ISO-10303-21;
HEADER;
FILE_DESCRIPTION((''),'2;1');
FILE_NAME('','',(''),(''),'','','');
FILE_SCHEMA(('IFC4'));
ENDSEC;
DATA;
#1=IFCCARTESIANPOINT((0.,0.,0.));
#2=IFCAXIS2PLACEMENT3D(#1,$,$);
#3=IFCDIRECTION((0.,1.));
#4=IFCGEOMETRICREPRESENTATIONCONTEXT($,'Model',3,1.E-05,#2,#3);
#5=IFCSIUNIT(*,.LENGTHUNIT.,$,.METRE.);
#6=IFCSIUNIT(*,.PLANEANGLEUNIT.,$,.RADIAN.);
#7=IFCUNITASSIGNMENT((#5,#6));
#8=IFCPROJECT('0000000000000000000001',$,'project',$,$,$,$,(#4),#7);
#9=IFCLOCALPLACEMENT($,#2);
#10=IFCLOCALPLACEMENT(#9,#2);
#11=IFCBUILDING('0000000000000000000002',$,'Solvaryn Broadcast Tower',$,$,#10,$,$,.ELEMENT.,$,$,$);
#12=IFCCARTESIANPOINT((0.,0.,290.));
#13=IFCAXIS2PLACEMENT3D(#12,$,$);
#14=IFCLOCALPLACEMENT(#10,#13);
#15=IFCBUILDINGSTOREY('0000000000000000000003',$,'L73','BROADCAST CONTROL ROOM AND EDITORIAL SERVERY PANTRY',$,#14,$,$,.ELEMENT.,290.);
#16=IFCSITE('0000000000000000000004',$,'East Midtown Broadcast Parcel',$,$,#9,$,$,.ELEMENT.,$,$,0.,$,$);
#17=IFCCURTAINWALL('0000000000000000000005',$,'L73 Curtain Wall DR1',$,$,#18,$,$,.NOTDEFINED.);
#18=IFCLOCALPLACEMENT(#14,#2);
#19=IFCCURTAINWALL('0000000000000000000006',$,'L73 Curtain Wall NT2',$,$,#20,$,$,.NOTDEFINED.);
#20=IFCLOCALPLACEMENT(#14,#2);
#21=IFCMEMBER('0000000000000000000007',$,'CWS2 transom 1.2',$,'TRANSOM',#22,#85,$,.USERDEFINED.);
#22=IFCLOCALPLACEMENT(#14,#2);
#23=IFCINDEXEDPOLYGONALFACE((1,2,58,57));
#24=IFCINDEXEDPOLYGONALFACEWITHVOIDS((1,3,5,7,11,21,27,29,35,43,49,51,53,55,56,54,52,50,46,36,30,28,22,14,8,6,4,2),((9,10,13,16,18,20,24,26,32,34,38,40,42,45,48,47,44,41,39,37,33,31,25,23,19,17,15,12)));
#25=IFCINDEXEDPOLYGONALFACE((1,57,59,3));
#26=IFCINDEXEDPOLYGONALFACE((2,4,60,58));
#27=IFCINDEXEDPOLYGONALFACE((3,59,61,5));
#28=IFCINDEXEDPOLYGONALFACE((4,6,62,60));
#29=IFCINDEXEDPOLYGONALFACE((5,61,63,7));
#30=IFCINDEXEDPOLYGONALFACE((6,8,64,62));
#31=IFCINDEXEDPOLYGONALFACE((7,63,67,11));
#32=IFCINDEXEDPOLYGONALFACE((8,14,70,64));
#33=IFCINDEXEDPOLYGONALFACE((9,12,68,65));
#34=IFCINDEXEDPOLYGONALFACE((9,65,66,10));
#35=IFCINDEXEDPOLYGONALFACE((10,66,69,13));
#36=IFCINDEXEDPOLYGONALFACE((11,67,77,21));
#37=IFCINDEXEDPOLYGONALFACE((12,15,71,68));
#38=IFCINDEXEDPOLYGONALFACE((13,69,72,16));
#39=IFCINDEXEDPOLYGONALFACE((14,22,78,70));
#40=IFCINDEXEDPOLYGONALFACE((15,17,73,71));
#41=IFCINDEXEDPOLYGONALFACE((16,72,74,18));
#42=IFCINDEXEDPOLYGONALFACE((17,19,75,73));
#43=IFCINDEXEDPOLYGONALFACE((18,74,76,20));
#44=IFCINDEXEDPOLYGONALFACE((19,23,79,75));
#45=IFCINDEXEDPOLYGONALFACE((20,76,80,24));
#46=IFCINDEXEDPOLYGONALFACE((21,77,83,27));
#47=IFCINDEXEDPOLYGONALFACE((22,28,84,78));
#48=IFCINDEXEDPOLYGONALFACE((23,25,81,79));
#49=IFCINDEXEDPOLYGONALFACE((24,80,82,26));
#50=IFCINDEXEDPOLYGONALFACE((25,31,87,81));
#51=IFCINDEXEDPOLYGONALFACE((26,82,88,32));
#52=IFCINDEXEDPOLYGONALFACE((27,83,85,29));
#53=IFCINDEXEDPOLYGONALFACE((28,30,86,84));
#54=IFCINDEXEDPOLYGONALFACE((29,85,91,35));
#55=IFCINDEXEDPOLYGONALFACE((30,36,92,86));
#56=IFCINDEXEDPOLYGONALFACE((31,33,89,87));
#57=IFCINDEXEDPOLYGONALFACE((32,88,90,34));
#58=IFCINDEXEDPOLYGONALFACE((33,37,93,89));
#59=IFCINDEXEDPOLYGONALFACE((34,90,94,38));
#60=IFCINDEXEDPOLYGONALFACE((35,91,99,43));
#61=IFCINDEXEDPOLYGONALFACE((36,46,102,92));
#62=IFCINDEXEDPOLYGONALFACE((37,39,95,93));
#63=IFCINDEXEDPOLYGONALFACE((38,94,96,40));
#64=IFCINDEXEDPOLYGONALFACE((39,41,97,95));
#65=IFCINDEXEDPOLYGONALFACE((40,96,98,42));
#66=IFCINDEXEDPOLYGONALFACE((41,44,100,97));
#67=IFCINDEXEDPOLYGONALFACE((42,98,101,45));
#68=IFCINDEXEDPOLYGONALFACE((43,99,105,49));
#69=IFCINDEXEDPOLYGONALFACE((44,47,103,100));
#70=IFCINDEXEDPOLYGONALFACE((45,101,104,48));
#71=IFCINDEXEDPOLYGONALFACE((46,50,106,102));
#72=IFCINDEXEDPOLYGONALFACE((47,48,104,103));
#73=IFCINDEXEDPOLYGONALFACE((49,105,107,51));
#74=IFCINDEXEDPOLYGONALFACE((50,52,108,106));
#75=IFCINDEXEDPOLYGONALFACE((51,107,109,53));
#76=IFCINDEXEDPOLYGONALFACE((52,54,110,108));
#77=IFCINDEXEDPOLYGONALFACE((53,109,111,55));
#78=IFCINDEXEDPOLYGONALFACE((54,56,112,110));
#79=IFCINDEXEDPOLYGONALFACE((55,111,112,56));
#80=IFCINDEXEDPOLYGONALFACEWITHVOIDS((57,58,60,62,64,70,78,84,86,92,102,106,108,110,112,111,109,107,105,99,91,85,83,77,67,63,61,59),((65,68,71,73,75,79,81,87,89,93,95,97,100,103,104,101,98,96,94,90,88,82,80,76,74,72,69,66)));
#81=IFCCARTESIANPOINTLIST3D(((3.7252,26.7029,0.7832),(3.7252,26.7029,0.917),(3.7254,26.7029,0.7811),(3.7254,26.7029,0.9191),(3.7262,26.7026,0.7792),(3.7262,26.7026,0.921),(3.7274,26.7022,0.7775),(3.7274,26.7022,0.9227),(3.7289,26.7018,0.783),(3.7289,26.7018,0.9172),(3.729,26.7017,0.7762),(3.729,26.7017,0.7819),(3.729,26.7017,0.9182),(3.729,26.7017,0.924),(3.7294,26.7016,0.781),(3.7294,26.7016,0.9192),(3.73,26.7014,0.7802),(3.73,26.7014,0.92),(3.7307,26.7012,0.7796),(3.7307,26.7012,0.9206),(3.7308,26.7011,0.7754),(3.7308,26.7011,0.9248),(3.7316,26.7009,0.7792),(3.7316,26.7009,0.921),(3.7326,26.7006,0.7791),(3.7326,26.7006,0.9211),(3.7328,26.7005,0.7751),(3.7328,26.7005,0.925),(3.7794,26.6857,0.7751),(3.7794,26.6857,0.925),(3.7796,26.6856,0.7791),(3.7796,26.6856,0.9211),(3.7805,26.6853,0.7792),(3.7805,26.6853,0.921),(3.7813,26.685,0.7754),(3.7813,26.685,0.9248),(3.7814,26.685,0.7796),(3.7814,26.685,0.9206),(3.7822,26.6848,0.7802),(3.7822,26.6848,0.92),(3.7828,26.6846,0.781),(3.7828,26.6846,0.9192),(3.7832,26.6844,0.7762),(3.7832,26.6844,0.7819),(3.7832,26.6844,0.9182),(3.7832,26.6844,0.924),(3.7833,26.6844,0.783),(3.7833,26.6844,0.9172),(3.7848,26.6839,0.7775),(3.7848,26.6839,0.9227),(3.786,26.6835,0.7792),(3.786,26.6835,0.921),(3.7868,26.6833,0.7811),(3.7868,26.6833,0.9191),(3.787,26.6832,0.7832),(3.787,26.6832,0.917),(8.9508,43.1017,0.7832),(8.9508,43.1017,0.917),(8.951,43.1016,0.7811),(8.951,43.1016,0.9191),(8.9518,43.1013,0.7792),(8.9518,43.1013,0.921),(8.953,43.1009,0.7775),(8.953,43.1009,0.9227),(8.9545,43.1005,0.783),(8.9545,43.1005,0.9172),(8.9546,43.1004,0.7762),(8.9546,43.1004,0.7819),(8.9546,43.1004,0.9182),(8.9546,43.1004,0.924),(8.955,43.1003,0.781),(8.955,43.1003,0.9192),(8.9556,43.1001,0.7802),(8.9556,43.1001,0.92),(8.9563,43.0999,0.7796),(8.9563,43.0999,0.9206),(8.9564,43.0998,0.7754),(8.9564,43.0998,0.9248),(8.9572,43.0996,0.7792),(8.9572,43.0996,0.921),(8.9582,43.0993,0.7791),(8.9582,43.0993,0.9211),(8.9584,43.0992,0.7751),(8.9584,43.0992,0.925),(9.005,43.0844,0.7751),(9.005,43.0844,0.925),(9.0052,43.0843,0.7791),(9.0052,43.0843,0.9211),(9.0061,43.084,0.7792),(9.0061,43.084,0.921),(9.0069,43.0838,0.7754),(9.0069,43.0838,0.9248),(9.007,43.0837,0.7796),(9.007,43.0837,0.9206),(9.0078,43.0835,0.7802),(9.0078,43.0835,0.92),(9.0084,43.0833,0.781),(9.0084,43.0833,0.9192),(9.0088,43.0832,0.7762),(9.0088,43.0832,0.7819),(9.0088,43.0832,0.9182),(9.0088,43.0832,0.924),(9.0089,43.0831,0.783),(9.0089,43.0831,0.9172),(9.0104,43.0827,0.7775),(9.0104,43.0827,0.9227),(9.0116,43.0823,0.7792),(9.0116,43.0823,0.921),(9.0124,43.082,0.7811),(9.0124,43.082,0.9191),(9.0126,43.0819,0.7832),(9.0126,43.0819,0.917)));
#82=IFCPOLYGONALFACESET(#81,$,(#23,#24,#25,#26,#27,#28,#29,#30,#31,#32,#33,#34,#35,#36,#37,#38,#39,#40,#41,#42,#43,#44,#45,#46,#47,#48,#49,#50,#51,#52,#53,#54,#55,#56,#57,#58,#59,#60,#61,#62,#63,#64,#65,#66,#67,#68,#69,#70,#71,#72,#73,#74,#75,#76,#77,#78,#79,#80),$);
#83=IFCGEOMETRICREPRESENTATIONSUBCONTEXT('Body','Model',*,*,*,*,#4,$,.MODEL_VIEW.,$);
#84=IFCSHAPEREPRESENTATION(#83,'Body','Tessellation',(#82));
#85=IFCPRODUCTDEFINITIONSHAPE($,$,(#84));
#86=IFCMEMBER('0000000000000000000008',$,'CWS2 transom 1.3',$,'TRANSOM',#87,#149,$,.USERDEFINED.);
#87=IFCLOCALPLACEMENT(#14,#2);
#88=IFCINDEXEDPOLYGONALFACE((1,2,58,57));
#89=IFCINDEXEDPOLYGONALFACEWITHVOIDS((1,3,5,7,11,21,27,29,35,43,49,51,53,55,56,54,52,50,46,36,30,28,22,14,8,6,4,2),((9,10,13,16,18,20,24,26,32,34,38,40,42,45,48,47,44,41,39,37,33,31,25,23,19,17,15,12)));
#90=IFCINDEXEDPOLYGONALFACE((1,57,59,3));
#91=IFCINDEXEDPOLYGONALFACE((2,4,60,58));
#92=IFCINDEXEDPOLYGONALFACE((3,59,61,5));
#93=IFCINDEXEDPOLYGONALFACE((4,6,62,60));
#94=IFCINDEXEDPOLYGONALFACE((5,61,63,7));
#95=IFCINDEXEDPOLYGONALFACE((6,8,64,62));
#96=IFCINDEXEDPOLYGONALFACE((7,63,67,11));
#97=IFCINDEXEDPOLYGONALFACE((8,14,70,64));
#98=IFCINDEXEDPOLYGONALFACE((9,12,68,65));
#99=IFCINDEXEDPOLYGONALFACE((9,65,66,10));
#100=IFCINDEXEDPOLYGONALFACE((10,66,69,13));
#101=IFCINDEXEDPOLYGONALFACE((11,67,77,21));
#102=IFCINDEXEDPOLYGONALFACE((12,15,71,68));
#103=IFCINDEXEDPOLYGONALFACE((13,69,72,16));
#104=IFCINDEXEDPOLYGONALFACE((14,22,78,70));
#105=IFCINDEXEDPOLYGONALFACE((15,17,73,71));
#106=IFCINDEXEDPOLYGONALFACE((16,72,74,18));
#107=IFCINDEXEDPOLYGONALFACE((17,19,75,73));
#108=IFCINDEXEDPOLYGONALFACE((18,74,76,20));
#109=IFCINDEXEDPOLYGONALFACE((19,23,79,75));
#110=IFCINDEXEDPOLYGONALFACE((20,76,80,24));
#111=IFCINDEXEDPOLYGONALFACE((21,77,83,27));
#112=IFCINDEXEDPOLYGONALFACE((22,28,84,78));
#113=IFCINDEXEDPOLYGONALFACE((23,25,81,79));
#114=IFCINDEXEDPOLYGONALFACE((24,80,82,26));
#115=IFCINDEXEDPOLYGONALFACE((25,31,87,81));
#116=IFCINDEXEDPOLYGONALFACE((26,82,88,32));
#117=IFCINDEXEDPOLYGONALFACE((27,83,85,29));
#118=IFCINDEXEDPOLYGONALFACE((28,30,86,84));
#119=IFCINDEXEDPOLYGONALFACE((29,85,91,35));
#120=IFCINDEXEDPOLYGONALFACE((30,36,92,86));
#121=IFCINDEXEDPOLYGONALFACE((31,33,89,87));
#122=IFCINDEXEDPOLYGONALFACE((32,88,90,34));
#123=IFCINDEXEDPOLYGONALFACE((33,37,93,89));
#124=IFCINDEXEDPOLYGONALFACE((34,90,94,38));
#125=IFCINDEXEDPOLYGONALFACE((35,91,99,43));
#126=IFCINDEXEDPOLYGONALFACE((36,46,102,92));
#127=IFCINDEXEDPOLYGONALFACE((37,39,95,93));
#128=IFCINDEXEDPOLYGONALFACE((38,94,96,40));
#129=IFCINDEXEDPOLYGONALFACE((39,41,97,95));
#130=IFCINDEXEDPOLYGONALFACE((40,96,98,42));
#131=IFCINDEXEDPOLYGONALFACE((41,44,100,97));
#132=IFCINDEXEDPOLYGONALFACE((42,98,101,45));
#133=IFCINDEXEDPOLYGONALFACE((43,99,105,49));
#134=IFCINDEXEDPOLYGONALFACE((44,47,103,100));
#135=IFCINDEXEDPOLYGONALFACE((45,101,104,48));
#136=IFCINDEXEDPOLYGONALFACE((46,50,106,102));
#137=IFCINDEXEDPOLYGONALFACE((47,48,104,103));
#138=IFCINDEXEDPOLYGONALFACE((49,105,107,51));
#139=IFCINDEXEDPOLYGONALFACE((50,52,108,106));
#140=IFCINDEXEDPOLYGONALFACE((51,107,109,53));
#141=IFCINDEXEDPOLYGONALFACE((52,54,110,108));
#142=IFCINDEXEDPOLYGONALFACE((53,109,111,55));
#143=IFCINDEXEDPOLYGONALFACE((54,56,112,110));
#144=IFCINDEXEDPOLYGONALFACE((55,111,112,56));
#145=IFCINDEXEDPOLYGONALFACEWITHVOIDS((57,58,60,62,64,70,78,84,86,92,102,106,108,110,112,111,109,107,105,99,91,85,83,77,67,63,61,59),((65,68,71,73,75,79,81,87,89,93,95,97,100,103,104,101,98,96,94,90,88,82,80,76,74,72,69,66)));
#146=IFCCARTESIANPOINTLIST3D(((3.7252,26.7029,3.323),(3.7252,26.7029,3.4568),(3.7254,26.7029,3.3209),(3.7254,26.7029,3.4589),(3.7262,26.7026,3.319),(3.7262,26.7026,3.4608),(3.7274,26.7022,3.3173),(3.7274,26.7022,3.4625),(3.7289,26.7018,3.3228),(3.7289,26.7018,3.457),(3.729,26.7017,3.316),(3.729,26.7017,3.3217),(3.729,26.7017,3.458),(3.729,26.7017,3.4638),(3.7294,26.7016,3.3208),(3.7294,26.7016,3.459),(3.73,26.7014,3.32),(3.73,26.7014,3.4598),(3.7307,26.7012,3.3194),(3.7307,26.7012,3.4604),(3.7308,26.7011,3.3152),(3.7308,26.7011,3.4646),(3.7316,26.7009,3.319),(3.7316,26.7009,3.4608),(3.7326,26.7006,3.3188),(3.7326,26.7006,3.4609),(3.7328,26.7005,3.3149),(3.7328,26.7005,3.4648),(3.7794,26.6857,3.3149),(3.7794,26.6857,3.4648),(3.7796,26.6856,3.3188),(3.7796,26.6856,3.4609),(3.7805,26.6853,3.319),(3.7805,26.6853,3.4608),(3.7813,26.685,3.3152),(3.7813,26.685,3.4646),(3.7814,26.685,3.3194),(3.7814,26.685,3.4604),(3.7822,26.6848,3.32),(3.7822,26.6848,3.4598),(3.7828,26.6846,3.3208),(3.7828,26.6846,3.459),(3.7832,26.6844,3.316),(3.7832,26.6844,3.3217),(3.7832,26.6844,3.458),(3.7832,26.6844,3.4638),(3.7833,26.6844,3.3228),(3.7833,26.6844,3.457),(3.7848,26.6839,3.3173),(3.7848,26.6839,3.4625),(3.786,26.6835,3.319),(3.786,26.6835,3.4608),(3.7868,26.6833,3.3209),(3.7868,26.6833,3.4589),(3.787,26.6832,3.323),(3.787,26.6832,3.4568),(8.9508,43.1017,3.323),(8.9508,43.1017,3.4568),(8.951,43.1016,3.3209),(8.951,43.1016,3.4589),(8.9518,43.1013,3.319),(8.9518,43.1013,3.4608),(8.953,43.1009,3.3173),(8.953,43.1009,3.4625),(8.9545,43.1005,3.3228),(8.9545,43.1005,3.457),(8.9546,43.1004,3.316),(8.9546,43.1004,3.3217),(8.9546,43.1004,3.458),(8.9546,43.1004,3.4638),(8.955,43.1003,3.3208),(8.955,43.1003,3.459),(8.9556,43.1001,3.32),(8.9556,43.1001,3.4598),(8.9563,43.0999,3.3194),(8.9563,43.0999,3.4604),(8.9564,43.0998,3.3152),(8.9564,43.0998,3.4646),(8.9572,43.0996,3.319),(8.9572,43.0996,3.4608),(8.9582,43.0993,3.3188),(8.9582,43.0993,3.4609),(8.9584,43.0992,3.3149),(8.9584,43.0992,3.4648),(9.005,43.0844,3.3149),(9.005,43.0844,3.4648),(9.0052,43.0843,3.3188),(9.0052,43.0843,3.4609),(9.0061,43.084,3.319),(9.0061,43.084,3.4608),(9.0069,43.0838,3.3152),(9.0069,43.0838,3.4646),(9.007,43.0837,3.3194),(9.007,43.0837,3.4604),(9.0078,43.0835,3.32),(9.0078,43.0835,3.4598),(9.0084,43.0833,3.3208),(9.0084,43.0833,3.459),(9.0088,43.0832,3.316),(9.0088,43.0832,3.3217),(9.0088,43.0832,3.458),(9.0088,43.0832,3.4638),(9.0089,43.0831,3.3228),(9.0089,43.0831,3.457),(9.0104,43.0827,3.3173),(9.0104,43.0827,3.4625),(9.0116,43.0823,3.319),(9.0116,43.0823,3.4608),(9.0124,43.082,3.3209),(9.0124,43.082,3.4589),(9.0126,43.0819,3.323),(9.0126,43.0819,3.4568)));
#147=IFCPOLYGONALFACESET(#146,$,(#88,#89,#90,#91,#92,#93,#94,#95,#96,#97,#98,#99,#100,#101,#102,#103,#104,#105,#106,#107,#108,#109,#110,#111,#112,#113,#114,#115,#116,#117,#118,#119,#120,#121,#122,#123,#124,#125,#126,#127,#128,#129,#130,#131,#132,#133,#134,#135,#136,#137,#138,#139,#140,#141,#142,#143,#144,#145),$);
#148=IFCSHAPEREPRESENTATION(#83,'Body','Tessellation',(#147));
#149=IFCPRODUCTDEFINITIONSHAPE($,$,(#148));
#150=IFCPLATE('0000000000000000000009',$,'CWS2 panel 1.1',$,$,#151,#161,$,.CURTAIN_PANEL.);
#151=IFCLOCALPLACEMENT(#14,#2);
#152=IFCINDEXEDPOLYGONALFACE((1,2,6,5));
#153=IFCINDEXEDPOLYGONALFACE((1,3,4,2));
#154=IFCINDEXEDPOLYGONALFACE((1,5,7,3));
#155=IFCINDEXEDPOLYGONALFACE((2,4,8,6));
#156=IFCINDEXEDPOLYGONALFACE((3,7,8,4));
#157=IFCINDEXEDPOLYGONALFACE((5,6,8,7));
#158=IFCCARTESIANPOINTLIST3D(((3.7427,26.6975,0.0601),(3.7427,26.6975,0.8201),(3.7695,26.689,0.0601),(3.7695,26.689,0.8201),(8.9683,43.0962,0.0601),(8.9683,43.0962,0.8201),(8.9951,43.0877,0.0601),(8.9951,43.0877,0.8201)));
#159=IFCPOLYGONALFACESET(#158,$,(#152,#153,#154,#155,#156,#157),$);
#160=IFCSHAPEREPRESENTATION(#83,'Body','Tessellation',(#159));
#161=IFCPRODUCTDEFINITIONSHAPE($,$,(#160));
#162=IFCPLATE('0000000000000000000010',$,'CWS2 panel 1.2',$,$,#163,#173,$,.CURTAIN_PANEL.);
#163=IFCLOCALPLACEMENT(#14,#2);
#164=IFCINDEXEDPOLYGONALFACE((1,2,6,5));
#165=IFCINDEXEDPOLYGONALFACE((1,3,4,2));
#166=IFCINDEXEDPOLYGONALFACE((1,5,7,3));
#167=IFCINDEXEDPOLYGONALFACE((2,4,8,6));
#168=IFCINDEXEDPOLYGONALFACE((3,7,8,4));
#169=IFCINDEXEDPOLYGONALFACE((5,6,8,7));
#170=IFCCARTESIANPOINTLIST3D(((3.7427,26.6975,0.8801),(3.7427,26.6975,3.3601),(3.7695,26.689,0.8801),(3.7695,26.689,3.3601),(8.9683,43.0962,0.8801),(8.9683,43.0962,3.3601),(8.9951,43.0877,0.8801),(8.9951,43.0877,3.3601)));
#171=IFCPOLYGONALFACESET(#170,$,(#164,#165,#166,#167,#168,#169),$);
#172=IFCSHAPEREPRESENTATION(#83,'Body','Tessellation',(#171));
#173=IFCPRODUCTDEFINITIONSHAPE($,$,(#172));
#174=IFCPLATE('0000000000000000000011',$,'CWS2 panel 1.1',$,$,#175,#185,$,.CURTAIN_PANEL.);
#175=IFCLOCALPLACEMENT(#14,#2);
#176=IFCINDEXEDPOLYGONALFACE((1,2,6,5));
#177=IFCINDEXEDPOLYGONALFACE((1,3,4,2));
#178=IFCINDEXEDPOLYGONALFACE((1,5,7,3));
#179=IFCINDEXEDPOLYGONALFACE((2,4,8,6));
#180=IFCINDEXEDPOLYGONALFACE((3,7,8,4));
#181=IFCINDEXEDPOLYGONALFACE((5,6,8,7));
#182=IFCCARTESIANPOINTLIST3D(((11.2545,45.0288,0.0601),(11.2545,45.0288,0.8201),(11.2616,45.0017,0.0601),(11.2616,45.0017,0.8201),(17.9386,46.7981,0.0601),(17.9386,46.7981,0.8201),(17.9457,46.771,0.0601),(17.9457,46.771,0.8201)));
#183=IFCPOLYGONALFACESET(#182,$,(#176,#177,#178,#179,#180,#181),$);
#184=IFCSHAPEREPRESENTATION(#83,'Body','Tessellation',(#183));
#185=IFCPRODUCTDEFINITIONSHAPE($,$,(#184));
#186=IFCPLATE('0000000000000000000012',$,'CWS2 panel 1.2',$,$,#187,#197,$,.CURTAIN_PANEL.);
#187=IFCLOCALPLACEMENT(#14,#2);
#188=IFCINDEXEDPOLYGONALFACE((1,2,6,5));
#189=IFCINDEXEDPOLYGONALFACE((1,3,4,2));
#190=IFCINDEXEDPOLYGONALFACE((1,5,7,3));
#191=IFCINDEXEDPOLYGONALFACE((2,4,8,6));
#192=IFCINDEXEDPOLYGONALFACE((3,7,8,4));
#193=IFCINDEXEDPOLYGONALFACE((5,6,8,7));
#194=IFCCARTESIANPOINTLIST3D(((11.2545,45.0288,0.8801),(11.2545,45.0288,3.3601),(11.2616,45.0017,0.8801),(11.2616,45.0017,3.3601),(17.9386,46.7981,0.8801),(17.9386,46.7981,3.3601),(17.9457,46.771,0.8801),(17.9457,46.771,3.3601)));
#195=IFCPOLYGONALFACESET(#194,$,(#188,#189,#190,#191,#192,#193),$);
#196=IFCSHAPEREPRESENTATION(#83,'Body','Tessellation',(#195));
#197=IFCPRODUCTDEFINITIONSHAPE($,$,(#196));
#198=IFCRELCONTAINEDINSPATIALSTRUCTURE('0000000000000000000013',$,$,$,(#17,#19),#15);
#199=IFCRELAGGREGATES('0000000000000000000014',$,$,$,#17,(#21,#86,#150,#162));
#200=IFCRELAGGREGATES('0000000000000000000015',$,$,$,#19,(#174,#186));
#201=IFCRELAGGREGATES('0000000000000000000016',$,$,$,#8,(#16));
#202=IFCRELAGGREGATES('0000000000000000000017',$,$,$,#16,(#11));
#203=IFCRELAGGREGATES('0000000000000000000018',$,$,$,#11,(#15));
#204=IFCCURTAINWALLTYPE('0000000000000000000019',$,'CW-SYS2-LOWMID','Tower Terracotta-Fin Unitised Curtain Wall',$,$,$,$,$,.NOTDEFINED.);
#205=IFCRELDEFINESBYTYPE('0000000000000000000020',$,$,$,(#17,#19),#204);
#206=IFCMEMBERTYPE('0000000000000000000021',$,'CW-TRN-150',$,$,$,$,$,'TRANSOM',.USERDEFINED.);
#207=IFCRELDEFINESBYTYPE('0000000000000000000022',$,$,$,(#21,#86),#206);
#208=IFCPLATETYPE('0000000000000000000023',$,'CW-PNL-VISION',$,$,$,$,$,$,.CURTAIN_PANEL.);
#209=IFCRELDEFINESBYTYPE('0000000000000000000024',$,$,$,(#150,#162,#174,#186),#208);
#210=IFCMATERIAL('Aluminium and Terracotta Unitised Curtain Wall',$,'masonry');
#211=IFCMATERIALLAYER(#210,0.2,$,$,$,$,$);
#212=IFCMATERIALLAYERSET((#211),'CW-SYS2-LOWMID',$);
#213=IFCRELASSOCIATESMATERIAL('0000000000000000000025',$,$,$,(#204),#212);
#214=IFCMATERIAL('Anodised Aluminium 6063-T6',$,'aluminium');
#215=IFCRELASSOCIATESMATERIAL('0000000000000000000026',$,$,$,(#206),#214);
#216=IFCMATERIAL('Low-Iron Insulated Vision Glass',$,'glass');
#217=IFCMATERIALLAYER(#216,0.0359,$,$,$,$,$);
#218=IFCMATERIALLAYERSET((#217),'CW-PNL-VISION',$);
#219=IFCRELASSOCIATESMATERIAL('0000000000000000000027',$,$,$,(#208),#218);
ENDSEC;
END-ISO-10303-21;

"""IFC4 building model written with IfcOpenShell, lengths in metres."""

from ifc_helpers import new_model, si_unit, direction, frame, origin, origin_2d, place, context, subcontext, project, spatial, rectangle, hollow_rectangle, extrude, material, layer, layer_set, material_profile, profile_set, type_object, element, aggregate, save


model = new_model("IFC4")

# Units and contexts
model_context = context("Model", 3, precision=1e-05, world=origin(), true_north=direction((0.0, 1.0)))
body_context = subcontext(model_context, "Body", "Model", "MODEL_VIEW")
ifc_project = project(units=[si_unit("LENGTHUNIT", "METRE"), si_unit("PLANEANGLEUNIT", "RADIAN")], contexts=[model_context])

# Site, building, storey
site_placement = place(None, origin())
site = spatial("IfcSite", under=ifc_project, at=site_placement, Name="East Midtown Broadcast Parcel", CompositionType="ELEMENT", RefElevation=0.0)
building_placement = place(site_placement, origin())
building = spatial("IfcBuilding", under=site, at=building_placement, Name="Solvaryn Broadcast Tower", CompositionType="ELEMENT")
storey_placement = place(building_placement, frame((0.0, 0.0, 290.0)))
storey = spatial("IfcBuildingStorey", under=building, at=storey_placement, Name="L73", Description="BROADCAST CONTROL ROOM AND EDITORIAL SERVERY PANTRY", CompositionType="ELEMENT", Elevation=290.0)

# Curtain walls
ifc_material_1 = material(Name="Aluminium and Terracotta Unitised Curtain Wall", Category="masonry")
ifc_layer_1 = layer(ifc_material_1, 0.2)
ifc_layer_set_1 = layer_set([ifc_layer_1], Name="CW-SYS2-LOWMID")
curtain_wall_type = type_object("IfcCurtainWallType", Name="CW-SYS2-LOWMID", Description="Tower Terracotta-Fin Unitised Curtain Wall", PredefinedType="NOTDEFINED", material=ifc_layer_set_1)
curtain_wall_1_placement = place(storey_placement, origin())
curtain_wall_1 = element("IfcCurtainWall", 1, at=curtain_wall_1_placement, inside=storey, type_object=curtain_wall_type, Name="L73 Curtain Wall DR1", PredefinedType="NOTDEFINED")
curtain_wall_2_placement = place(storey_placement, origin())
curtain_wall_2 = element("IfcCurtainWall", 2, at=curtain_wall_2_placement, inside=storey, type_object=curtain_wall_type, Name="L73 Curtain Wall NT2", PredefinedType="NOTDEFINED")

# Members
ifc_material_2 = material(Name="Anodised Aluminium 6063-T6", Category="aluminium")
ifc_material_profile_1 = material_profile(ifc_material_2, hollow_rectangle(XDim=0.0649, YDim=0.1499, WallThickness=0.0039, InnerFilletRadius=0.0039, OuterFilletRadius=0.0081, at=origin_2d()))
ifc_profile_set_1 = profile_set([ifc_material_profile_1], Name="Anodised Aluminium 6063-T6")
member_type_1 = type_object("IfcMemberType", Name="CW-TRN-150", ElementType="TRANSOM", PredefinedType="USERDEFINED", material=ifc_profile_set_1)
member_1_placement = place(storey_placement, frame((8.9817, 43.0918, 0.8501), z_axis=(-0.303616, -0.952794, 0.0), x_axis=(0.952794, -0.303616, 0.0)))
member_1 = element("IfcMember", 3, at=member_1_placement, type_object=member_type_1, Name="CWS2 transom 1.2", ObjectType="TRANSOM", PredefinedType="USERDEFINED", context=body_context, shape_type="SweptSolid", body=[
    extrude(hollow_rectangle(XDim=0.0649, YDim=0.1499, WallThickness=0.0039, InnerFilletRadius=0.0039, OuterFilletRadius=0.0081, at=origin_2d()), origin(), (0.0, 0.0, 1.0), 17.2112),
])
member_2_placement = place(storey_placement, frame((8.9817, 43.0918, 3.3899), z_axis=(-0.303616, -0.952794, 0.0), x_axis=(0.952794, -0.303616, 0.0)))
member_2 = element("IfcMember", 4, at=member_2_placement, type_object=member_type_1, Name="CWS2 transom 1.3", ObjectType="TRANSOM", PredefinedType="USERDEFINED", context=body_context, shape_type="SweptSolid", body=[
    extrude(hollow_rectangle(XDim=0.0649, YDim=0.1499, WallThickness=0.0039, InnerFilletRadius=0.0039, OuterFilletRadius=0.0081, at=origin_2d()), origin(), (0.0, 0.0, 1.0), 17.2112),
])

# Plates
ifc_material_3 = material(Name="Low-Iron Insulated Vision Glass", Category="glass")
ifc_layer_2 = layer(ifc_material_3, 0.0359)
ifc_layer_set_2 = layer_set([ifc_layer_2], Name="CW-PNL-VISION")
plate_type = type_object("IfcPlateType", Name="CW-PNL-VISION", PredefinedType="CURTAIN_PANEL", material=ifc_layer_set_2)
plate_1_placement = place(storey_placement, frame((6.3689, 34.8926, 0.0601), z_axis=(0.0, 0.0, 1.0), x_axis=(-0.303616, -0.952795, 0.0)))
plate_1 = element("IfcPlate", 5, at=plate_1_placement, type_object=plate_type, Name="CWS2 panel 1.1", PredefinedType="CURTAIN_PANEL", context=body_context, shape_type="SweptSolid", body=[
    extrude(rectangle(XDim=17.2112, YDim=0.0281, at=origin_2d()), origin(), (0.0, 0.0, 1.0), 0.76),
])
plate_2_placement = place(storey_placement, frame((6.3689, 34.8926, 0.8801), z_axis=(0.0, 0.0, 1.0), x_axis=(-0.303616, -0.952795, 0.0)))
plate_2 = element("IfcPlate", 6, at=plate_2_placement, type_object=plate_type, Name="CWS2 panel 1.2", PredefinedType="CURTAIN_PANEL", context=body_context, shape_type="SweptSolid", body=[
    extrude(rectangle(XDim=17.2112, YDim=0.0281, at=origin_2d()), origin(), (0.0, 0.0, 1.0), 2.48),
])
aggregate(curtain_wall_1, [member_1, member_2, plate_1, plate_2])
plate_3_placement = place(storey_placement, frame((14.6001, 45.8999, 0.0601), z_axis=(0.0, 0.0, 1.0), x_axis=(-0.966705, -0.255893, 0.0)))
plate_3 = element("IfcPlate", 7, at=plate_3_placement, type_object=plate_type, Name="CWS2 panel 1.1", PredefinedType="CURTAIN_PANEL", context=body_context, shape_type="SweptSolid", body=[
    extrude(rectangle(XDim=6.9143, YDim=0.0281, at=origin_2d()), origin(), (0.0, 0.0, 1.0), 0.76),
])
plate_4_placement = place(storey_placement, frame((14.6001, 45.8999, 0.8801), z_axis=(0.0, 0.0, 1.0), x_axis=(-0.966705, -0.255893, 0.0)))
plate_4 = element("IfcPlate", 8, at=plate_4_placement, type_object=plate_type, Name="CWS2 panel 1.2", PredefinedType="CURTAIN_PANEL", context=body_context, shape_type="SweptSolid", body=[
    extrude(rectangle(XDim=6.9143, YDim=0.0281, at=origin_2d()), origin(), (0.0, 0.0, 1.0), 2.48),
])
aggregate(curtain_wall_2, [plate_3, plate_4])

save(model, "model.ifc")
